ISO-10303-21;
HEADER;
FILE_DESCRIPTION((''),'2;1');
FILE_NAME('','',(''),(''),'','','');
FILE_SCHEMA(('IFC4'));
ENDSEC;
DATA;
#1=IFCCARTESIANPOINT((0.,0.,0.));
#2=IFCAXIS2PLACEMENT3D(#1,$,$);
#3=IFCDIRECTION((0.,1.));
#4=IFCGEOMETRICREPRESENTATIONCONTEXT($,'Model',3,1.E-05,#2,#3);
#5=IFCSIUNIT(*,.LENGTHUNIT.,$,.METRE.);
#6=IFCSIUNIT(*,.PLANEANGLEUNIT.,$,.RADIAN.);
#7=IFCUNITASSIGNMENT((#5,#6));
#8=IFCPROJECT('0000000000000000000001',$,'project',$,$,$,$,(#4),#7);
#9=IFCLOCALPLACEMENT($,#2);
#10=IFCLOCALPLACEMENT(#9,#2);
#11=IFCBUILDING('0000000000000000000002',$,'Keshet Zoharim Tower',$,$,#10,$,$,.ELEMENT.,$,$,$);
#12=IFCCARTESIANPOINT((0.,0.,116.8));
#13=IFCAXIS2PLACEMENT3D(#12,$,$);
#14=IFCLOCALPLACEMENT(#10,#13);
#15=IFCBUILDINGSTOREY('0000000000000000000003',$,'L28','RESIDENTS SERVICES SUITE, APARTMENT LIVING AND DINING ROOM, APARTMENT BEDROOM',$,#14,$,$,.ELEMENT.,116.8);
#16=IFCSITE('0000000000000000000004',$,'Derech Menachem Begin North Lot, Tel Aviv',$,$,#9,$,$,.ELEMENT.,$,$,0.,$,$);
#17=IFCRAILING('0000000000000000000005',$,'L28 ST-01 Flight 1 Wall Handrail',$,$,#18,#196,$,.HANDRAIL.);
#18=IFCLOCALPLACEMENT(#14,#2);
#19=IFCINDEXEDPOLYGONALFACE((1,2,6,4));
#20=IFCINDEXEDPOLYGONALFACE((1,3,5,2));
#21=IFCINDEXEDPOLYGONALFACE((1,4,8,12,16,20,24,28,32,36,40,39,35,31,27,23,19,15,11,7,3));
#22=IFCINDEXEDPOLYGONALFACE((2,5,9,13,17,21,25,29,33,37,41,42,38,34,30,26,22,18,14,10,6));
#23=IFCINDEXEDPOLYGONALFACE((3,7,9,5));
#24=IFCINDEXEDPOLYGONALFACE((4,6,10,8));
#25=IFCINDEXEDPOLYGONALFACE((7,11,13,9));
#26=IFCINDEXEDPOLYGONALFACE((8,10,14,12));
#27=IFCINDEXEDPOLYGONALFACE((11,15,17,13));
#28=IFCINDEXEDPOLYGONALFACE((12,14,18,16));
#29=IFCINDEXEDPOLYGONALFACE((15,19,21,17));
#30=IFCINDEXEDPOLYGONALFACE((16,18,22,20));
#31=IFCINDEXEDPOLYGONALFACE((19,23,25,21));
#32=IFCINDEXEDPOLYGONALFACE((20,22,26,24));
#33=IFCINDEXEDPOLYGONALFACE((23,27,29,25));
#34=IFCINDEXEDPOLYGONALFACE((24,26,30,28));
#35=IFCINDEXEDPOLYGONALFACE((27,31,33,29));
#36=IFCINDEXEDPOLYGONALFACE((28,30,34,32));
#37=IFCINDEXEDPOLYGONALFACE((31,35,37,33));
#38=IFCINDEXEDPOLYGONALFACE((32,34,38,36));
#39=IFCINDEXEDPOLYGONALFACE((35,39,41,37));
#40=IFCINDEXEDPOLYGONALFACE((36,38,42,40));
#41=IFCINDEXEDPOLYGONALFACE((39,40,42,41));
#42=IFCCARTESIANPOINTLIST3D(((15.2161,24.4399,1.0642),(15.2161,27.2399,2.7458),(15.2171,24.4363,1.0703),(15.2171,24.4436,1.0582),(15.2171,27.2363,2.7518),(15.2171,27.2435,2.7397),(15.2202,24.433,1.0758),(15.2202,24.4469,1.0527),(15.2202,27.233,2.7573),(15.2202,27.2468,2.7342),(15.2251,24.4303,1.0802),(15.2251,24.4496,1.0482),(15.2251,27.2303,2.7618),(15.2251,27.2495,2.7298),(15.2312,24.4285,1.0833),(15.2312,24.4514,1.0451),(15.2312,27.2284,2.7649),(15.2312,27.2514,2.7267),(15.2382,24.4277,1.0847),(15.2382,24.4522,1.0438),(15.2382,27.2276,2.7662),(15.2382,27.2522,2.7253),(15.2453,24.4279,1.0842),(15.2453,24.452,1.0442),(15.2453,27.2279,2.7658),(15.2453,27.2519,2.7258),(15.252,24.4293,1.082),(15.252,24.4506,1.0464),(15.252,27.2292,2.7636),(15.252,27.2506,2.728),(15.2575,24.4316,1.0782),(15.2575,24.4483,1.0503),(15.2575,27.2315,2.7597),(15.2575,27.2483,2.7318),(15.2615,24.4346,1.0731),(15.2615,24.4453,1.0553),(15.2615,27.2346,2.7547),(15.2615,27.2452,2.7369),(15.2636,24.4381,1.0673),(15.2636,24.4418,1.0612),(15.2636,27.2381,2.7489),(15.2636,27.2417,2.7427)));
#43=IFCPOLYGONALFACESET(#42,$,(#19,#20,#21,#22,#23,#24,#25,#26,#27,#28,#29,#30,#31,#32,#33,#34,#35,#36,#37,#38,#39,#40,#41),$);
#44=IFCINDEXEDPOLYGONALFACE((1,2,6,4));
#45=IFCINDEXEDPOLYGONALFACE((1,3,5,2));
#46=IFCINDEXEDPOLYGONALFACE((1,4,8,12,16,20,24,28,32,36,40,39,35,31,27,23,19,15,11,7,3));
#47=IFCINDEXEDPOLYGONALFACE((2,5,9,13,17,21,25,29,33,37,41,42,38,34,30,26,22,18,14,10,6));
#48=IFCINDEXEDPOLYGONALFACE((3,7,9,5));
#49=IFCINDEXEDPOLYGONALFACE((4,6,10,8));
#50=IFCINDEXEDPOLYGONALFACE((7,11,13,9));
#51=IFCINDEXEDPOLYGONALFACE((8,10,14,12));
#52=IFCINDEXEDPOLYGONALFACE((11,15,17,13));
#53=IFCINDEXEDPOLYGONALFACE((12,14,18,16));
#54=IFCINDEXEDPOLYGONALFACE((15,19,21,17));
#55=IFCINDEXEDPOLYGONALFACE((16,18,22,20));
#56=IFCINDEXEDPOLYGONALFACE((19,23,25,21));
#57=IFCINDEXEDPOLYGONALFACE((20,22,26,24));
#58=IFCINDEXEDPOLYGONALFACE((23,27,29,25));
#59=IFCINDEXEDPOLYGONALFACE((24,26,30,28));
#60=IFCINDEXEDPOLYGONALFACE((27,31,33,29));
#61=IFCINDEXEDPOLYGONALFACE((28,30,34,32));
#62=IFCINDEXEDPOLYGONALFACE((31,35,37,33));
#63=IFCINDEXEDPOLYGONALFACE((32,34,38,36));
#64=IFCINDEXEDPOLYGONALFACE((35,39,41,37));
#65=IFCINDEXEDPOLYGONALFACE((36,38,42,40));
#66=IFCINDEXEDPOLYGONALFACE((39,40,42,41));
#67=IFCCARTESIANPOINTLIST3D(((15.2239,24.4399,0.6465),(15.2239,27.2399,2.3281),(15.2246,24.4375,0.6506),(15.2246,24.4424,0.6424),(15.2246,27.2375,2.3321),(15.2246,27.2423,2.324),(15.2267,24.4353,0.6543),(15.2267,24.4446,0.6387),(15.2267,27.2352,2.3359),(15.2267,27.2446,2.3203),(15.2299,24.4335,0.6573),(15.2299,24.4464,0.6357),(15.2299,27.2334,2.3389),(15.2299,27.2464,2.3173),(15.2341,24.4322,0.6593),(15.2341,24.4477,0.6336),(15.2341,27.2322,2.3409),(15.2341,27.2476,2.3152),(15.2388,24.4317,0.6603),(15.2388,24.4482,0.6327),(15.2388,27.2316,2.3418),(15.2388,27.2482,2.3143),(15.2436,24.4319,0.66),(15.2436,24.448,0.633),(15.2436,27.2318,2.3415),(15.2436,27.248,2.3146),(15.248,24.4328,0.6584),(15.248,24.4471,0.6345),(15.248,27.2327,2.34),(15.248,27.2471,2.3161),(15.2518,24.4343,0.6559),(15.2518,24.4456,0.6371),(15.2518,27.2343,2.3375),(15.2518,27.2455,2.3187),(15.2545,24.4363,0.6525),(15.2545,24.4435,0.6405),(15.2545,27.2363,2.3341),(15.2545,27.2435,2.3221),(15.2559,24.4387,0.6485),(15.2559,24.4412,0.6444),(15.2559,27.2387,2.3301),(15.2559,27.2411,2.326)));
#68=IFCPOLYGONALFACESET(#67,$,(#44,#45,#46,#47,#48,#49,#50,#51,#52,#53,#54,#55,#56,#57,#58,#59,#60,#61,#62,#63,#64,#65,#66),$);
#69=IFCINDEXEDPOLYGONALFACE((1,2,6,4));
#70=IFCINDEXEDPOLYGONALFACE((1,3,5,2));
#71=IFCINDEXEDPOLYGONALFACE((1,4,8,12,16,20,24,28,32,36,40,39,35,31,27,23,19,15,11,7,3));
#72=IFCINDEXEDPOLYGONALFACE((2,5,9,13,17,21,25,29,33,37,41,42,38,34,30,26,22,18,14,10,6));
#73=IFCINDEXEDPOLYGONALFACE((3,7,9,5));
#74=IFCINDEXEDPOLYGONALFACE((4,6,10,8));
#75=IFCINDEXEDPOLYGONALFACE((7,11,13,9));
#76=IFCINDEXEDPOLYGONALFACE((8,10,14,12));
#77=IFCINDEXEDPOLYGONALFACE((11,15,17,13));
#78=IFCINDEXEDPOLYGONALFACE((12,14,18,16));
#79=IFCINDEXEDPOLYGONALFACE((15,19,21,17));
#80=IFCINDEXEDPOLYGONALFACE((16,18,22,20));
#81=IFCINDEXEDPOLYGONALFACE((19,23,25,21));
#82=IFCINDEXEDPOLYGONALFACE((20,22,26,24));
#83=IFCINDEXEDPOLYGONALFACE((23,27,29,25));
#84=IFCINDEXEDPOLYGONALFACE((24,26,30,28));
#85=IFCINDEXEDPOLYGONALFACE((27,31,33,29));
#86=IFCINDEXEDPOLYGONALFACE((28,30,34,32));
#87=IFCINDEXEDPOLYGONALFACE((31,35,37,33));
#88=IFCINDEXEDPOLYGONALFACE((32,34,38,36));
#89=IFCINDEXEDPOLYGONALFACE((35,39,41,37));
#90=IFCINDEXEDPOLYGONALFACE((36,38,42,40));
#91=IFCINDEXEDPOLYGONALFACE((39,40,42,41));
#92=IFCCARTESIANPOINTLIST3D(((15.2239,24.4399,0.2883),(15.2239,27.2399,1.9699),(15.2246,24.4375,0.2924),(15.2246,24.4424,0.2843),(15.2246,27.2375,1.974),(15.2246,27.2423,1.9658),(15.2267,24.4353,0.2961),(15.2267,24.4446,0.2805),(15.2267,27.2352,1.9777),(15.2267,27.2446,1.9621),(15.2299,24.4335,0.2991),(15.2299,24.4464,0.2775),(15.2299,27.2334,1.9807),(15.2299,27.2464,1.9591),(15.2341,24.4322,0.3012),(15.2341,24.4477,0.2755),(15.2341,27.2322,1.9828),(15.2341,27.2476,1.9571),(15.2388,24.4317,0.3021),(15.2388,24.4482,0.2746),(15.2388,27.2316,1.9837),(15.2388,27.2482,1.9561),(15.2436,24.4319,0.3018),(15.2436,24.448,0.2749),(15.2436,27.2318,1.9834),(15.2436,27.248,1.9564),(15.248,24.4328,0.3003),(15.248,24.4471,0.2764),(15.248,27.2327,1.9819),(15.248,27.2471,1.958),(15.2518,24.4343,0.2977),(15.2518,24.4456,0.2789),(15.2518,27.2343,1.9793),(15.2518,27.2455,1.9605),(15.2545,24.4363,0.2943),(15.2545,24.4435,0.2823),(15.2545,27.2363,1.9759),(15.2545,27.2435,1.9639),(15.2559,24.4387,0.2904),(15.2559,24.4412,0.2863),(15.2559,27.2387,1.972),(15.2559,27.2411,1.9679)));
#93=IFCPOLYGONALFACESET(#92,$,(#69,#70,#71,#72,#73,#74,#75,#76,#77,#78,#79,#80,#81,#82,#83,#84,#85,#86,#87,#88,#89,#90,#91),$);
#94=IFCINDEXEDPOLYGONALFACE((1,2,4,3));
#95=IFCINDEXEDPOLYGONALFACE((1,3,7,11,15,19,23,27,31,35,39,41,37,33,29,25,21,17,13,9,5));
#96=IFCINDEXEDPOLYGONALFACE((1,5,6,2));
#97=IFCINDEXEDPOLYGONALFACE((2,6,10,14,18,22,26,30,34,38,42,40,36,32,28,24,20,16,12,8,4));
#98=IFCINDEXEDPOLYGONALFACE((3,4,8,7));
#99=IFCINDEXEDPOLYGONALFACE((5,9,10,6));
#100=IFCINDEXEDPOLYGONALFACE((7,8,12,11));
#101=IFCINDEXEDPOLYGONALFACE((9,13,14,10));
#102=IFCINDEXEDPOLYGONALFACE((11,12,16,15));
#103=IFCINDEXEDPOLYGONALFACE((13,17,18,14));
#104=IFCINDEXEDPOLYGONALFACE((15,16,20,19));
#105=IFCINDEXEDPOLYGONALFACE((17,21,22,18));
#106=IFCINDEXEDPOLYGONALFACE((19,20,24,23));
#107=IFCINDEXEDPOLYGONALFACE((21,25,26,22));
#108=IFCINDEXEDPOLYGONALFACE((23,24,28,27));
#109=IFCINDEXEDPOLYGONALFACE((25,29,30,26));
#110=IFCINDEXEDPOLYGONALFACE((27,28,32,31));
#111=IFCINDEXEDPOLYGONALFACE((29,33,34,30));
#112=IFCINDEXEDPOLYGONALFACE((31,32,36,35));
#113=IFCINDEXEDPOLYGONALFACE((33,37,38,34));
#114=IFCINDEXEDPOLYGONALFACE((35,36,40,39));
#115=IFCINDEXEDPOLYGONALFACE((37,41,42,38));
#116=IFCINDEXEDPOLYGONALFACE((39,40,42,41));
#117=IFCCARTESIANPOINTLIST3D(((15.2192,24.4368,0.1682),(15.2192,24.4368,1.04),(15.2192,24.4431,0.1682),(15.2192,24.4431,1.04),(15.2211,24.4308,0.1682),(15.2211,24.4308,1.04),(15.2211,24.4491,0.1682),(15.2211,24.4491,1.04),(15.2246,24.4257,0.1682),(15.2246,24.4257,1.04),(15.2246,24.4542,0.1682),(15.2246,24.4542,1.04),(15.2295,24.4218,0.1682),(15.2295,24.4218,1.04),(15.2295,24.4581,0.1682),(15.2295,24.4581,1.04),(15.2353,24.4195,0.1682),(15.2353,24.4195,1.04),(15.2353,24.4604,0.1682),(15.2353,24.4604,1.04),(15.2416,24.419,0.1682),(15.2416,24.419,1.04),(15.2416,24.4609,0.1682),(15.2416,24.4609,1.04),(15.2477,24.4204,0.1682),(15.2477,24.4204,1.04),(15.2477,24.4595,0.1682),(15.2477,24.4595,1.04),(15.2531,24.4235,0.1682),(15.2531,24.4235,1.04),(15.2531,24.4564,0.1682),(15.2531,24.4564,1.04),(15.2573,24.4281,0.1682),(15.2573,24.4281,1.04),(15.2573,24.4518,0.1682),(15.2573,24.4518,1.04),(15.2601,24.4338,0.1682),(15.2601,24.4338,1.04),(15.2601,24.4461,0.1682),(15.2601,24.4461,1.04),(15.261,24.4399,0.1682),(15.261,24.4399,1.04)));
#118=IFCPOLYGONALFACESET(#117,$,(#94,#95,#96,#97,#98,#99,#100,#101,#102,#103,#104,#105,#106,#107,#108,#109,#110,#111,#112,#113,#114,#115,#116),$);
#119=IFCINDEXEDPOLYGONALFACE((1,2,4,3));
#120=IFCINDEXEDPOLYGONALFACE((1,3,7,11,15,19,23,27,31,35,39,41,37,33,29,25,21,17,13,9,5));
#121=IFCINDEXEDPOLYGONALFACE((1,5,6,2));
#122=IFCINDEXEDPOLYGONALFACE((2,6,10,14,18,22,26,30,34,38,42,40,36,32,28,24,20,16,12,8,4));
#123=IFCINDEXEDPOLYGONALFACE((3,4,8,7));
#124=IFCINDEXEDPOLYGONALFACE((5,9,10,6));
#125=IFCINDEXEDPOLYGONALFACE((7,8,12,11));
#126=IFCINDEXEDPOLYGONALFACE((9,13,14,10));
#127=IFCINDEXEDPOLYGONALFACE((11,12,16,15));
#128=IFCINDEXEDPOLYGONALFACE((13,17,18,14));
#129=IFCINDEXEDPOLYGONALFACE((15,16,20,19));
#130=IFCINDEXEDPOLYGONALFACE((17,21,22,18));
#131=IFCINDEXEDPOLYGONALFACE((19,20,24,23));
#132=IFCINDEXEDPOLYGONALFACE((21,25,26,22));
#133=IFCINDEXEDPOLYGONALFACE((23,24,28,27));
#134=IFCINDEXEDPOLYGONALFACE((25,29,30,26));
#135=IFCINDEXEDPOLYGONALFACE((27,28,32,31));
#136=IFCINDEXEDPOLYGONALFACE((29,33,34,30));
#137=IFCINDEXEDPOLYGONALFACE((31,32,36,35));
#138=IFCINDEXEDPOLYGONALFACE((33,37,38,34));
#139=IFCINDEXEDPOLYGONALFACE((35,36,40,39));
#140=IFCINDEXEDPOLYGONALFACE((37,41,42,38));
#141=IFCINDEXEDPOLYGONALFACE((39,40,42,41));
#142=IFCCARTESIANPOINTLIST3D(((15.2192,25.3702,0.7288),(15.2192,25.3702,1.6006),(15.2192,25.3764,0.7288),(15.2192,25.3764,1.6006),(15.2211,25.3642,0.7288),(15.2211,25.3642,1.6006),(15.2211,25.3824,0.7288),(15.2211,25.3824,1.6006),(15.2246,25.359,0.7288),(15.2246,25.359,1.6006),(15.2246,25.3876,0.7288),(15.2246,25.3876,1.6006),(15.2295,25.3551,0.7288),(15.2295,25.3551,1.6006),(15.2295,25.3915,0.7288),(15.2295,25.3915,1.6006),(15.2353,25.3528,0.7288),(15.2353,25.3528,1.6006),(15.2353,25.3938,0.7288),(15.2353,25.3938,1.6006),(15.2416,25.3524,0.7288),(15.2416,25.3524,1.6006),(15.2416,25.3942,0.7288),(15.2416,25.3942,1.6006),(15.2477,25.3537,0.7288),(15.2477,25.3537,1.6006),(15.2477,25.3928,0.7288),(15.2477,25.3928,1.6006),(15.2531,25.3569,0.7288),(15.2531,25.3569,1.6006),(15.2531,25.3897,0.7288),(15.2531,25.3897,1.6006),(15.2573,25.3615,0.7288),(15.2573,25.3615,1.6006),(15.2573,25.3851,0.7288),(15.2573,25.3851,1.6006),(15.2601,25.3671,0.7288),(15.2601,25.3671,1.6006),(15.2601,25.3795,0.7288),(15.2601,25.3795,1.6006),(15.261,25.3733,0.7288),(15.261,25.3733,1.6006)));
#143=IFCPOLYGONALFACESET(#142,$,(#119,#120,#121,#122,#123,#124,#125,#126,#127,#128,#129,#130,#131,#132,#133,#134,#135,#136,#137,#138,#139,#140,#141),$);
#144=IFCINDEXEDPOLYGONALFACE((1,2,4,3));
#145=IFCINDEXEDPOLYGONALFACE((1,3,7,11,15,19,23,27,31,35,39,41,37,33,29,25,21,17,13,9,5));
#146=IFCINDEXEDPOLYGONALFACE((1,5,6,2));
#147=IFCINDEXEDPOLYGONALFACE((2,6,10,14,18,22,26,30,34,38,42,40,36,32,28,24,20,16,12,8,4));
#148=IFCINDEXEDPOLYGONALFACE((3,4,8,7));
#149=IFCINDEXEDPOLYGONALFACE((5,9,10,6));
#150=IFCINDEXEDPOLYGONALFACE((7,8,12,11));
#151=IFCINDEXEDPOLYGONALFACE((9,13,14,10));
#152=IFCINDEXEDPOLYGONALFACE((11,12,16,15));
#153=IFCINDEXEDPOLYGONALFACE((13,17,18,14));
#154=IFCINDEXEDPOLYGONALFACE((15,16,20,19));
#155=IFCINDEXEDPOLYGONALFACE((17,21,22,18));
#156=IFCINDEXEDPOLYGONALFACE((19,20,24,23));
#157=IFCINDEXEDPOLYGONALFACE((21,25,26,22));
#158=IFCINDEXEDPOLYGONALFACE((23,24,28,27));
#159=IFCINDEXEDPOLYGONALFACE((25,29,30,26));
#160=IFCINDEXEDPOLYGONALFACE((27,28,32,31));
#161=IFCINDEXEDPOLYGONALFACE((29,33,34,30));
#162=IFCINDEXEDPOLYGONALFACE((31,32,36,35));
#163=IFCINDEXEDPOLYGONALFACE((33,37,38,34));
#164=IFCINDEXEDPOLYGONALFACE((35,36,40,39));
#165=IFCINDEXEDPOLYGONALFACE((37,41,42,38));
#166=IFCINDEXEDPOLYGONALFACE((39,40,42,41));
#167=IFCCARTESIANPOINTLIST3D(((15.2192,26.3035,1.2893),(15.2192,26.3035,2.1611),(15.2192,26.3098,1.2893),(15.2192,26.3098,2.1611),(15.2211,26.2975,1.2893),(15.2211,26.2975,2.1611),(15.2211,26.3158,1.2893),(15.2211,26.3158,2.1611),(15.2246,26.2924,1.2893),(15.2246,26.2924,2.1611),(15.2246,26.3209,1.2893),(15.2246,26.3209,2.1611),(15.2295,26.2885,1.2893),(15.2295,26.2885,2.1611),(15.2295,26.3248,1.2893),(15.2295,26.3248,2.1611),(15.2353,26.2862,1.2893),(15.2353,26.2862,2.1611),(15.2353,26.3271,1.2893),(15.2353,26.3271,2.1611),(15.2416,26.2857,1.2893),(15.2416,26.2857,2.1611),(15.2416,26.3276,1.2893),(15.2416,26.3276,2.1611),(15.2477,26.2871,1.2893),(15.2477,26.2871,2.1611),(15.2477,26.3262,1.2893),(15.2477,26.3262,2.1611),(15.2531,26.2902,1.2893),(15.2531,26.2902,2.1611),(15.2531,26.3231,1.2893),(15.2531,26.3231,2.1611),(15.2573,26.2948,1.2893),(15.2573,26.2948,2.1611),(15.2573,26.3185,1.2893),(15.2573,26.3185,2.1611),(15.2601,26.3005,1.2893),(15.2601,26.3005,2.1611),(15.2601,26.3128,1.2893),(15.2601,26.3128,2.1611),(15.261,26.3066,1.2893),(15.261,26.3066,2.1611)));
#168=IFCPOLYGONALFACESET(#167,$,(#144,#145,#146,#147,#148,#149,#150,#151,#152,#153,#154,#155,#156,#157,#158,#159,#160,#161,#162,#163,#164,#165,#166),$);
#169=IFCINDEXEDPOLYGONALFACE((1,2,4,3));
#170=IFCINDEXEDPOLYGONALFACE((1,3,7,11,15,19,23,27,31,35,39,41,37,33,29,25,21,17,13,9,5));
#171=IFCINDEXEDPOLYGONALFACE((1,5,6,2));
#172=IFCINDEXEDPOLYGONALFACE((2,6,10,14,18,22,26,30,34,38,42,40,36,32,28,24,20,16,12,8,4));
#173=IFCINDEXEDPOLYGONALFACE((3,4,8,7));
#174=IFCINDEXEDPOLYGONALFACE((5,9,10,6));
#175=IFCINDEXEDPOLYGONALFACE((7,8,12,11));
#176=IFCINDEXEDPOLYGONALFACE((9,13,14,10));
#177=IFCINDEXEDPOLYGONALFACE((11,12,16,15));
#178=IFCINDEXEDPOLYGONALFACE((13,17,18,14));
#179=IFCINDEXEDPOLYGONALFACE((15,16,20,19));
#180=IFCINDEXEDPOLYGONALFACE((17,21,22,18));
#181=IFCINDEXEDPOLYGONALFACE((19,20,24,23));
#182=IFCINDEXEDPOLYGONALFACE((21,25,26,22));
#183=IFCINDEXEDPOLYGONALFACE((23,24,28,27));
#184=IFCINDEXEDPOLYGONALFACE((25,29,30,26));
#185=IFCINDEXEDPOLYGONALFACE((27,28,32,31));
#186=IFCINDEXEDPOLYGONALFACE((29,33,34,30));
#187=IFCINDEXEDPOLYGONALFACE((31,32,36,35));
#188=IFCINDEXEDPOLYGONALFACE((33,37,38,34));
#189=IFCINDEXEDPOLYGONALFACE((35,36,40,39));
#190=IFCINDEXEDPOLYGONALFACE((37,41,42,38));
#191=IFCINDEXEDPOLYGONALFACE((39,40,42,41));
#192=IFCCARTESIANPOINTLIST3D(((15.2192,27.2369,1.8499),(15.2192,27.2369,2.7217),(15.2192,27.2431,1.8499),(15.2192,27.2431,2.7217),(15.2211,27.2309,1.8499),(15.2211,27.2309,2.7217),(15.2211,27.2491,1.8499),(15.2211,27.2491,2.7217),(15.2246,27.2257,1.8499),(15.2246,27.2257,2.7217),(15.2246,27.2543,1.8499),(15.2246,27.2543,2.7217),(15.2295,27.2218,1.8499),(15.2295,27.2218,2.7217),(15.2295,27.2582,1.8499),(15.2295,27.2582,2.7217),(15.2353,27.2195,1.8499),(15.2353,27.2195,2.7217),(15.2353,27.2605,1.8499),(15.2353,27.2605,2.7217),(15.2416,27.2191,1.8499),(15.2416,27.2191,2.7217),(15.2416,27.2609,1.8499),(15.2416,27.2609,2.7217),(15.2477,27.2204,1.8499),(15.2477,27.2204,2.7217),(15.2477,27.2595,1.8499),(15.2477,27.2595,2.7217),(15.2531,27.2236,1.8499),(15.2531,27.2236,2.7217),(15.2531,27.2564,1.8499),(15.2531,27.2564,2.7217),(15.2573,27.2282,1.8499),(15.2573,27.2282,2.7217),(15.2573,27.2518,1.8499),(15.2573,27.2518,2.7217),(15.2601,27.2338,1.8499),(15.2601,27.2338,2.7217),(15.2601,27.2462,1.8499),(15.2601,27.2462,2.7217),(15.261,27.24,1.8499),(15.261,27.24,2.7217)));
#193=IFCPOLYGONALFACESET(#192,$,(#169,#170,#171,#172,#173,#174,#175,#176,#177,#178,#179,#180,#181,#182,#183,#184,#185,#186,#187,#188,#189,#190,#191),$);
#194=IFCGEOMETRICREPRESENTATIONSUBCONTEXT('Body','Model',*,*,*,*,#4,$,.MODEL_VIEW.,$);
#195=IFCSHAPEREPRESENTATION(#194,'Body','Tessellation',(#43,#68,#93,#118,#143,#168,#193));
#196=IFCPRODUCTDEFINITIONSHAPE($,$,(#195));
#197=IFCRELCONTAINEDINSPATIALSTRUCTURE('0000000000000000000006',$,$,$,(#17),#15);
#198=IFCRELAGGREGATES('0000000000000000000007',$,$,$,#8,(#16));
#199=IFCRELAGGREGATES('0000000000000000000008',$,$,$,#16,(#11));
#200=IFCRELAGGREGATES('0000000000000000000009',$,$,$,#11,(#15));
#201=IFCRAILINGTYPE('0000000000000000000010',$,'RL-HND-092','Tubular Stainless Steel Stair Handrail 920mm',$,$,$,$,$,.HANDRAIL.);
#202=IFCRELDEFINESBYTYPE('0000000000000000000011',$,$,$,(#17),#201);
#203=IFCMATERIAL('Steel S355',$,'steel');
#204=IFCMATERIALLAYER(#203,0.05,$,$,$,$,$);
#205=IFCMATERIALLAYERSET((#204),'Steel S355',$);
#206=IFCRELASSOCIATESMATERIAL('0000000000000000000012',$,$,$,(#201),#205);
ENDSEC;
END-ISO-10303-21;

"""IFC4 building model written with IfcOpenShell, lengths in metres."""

from ifc_helpers import new_model, si_unit, direction, frame, origin, origin_2d, place, context, subcontext, project, spatial, circle, extrude, material, layer, layer_set, type_object, element, save


model = new_model("IFC4")

# Units and contexts
model_context = context("Model", 3, precision=1e-05, world=origin(), true_north=direction((0.0, 1.0)))
body_context = subcontext(model_context, "Body", "Model", "MODEL_VIEW")
ifc_project = project(units=[si_unit("LENGTHUNIT", "METRE"), si_unit("PLANEANGLEUNIT", "RADIAN")], contexts=[model_context])

# Site, building, storey
site_placement = place(None, origin())
site = spatial("IfcSite", under=ifc_project, at=site_placement, Name="Derech Menachem Begin North Lot, Tel Aviv", CompositionType="ELEMENT", RefElevation=0.0)
building_placement = place(site_placement, origin())
building = spatial("IfcBuilding", under=site, at=building_placement, Name="Keshet Zoharim Tower", CompositionType="ELEMENT")
storey_placement = place(building_placement, frame((0.0, 0.0, 116.8)))
storey = spatial("IfcBuildingStorey", under=building, at=storey_placement, Name="L28", Description="RESIDENTS SERVICES SUITE, APARTMENT LIVING AND DINING ROOM, APARTMENT BEDROOM", CompositionType="ELEMENT", Elevation=116.8)

# Shared definitions
ifc_material_1 = material(Name="Steel S355", Category="steel")

# Railing
ifc_layer_1 = layer(ifc_material_1, 0.05)
ifc_layer_set_1 = layer_set([ifc_layer_1], Name="Steel S355")
railing_type = type_object("IfcRailingType", Name="RL-HND-092", Description="Tubular Stainless Steel Stair Handrail 920mm", PredefinedType="HANDRAIL", material=ifc_layer_set_1)
railing_placement = place(storey_placement, frame((15.24, 24.4399, 0.1682)))
element("IfcRailing", 1, at=railing_placement, inside=storey, type_object=railing_type, Name="L28 ST-01 Flight 1 Wall Handrail", PredefinedType="HANDRAIL", context=body_context, shape_type="SweptSolid", body=[
    extrude(circle(Radius=0.0239, at=origin_2d()), frame((0.0, 0.0, 0.896), z_axis=(0.0, 0.857275, 0.514858), x_axis=(-1.0, 0.0, 0.0)), (0.0, 0.0, 1.0), 3.2661),
    extrude(circle(Radius=0.0161, at=origin_2d()), frame((0.0, 0.0, 0.4783), z_axis=(0.0, 0.857275, 0.514858), x_axis=(-1.0, 0.0, 0.0)), (0.0, 0.0, 1.0), 3.2661),
    extrude(circle(Radius=0.0161, at=origin_2d()), frame((0.0, 0.0, 0.1201), z_axis=(0.0, 0.857275, 0.514858), x_axis=(-1.0, 0.0, 0.0)), (0.0, 0.0, 1.0), 3.2661),
    extrude(circle(Radius=0.021, at=origin_2d()), origin(), (0.0, 0.0, 1.0), 0.8718),
    extrude(circle(Radius=0.021, at=origin_2d()), frame((0.0, 0.9333, 0.5605)), (0.0, 0.0, 1.0), 0.8718),
    extrude(circle(Radius=0.021, at=origin_2d()), frame((0.0, 1.8667, 1.1211)), (0.0, 0.0, 1.0), 0.8718),
    extrude(circle(Radius=0.021, at=origin_2d()), frame((0.0, 2.8, 1.6816)), (0.0, 0.0, 1.0), 0.8718),
])

save(model, "model.ifc")
